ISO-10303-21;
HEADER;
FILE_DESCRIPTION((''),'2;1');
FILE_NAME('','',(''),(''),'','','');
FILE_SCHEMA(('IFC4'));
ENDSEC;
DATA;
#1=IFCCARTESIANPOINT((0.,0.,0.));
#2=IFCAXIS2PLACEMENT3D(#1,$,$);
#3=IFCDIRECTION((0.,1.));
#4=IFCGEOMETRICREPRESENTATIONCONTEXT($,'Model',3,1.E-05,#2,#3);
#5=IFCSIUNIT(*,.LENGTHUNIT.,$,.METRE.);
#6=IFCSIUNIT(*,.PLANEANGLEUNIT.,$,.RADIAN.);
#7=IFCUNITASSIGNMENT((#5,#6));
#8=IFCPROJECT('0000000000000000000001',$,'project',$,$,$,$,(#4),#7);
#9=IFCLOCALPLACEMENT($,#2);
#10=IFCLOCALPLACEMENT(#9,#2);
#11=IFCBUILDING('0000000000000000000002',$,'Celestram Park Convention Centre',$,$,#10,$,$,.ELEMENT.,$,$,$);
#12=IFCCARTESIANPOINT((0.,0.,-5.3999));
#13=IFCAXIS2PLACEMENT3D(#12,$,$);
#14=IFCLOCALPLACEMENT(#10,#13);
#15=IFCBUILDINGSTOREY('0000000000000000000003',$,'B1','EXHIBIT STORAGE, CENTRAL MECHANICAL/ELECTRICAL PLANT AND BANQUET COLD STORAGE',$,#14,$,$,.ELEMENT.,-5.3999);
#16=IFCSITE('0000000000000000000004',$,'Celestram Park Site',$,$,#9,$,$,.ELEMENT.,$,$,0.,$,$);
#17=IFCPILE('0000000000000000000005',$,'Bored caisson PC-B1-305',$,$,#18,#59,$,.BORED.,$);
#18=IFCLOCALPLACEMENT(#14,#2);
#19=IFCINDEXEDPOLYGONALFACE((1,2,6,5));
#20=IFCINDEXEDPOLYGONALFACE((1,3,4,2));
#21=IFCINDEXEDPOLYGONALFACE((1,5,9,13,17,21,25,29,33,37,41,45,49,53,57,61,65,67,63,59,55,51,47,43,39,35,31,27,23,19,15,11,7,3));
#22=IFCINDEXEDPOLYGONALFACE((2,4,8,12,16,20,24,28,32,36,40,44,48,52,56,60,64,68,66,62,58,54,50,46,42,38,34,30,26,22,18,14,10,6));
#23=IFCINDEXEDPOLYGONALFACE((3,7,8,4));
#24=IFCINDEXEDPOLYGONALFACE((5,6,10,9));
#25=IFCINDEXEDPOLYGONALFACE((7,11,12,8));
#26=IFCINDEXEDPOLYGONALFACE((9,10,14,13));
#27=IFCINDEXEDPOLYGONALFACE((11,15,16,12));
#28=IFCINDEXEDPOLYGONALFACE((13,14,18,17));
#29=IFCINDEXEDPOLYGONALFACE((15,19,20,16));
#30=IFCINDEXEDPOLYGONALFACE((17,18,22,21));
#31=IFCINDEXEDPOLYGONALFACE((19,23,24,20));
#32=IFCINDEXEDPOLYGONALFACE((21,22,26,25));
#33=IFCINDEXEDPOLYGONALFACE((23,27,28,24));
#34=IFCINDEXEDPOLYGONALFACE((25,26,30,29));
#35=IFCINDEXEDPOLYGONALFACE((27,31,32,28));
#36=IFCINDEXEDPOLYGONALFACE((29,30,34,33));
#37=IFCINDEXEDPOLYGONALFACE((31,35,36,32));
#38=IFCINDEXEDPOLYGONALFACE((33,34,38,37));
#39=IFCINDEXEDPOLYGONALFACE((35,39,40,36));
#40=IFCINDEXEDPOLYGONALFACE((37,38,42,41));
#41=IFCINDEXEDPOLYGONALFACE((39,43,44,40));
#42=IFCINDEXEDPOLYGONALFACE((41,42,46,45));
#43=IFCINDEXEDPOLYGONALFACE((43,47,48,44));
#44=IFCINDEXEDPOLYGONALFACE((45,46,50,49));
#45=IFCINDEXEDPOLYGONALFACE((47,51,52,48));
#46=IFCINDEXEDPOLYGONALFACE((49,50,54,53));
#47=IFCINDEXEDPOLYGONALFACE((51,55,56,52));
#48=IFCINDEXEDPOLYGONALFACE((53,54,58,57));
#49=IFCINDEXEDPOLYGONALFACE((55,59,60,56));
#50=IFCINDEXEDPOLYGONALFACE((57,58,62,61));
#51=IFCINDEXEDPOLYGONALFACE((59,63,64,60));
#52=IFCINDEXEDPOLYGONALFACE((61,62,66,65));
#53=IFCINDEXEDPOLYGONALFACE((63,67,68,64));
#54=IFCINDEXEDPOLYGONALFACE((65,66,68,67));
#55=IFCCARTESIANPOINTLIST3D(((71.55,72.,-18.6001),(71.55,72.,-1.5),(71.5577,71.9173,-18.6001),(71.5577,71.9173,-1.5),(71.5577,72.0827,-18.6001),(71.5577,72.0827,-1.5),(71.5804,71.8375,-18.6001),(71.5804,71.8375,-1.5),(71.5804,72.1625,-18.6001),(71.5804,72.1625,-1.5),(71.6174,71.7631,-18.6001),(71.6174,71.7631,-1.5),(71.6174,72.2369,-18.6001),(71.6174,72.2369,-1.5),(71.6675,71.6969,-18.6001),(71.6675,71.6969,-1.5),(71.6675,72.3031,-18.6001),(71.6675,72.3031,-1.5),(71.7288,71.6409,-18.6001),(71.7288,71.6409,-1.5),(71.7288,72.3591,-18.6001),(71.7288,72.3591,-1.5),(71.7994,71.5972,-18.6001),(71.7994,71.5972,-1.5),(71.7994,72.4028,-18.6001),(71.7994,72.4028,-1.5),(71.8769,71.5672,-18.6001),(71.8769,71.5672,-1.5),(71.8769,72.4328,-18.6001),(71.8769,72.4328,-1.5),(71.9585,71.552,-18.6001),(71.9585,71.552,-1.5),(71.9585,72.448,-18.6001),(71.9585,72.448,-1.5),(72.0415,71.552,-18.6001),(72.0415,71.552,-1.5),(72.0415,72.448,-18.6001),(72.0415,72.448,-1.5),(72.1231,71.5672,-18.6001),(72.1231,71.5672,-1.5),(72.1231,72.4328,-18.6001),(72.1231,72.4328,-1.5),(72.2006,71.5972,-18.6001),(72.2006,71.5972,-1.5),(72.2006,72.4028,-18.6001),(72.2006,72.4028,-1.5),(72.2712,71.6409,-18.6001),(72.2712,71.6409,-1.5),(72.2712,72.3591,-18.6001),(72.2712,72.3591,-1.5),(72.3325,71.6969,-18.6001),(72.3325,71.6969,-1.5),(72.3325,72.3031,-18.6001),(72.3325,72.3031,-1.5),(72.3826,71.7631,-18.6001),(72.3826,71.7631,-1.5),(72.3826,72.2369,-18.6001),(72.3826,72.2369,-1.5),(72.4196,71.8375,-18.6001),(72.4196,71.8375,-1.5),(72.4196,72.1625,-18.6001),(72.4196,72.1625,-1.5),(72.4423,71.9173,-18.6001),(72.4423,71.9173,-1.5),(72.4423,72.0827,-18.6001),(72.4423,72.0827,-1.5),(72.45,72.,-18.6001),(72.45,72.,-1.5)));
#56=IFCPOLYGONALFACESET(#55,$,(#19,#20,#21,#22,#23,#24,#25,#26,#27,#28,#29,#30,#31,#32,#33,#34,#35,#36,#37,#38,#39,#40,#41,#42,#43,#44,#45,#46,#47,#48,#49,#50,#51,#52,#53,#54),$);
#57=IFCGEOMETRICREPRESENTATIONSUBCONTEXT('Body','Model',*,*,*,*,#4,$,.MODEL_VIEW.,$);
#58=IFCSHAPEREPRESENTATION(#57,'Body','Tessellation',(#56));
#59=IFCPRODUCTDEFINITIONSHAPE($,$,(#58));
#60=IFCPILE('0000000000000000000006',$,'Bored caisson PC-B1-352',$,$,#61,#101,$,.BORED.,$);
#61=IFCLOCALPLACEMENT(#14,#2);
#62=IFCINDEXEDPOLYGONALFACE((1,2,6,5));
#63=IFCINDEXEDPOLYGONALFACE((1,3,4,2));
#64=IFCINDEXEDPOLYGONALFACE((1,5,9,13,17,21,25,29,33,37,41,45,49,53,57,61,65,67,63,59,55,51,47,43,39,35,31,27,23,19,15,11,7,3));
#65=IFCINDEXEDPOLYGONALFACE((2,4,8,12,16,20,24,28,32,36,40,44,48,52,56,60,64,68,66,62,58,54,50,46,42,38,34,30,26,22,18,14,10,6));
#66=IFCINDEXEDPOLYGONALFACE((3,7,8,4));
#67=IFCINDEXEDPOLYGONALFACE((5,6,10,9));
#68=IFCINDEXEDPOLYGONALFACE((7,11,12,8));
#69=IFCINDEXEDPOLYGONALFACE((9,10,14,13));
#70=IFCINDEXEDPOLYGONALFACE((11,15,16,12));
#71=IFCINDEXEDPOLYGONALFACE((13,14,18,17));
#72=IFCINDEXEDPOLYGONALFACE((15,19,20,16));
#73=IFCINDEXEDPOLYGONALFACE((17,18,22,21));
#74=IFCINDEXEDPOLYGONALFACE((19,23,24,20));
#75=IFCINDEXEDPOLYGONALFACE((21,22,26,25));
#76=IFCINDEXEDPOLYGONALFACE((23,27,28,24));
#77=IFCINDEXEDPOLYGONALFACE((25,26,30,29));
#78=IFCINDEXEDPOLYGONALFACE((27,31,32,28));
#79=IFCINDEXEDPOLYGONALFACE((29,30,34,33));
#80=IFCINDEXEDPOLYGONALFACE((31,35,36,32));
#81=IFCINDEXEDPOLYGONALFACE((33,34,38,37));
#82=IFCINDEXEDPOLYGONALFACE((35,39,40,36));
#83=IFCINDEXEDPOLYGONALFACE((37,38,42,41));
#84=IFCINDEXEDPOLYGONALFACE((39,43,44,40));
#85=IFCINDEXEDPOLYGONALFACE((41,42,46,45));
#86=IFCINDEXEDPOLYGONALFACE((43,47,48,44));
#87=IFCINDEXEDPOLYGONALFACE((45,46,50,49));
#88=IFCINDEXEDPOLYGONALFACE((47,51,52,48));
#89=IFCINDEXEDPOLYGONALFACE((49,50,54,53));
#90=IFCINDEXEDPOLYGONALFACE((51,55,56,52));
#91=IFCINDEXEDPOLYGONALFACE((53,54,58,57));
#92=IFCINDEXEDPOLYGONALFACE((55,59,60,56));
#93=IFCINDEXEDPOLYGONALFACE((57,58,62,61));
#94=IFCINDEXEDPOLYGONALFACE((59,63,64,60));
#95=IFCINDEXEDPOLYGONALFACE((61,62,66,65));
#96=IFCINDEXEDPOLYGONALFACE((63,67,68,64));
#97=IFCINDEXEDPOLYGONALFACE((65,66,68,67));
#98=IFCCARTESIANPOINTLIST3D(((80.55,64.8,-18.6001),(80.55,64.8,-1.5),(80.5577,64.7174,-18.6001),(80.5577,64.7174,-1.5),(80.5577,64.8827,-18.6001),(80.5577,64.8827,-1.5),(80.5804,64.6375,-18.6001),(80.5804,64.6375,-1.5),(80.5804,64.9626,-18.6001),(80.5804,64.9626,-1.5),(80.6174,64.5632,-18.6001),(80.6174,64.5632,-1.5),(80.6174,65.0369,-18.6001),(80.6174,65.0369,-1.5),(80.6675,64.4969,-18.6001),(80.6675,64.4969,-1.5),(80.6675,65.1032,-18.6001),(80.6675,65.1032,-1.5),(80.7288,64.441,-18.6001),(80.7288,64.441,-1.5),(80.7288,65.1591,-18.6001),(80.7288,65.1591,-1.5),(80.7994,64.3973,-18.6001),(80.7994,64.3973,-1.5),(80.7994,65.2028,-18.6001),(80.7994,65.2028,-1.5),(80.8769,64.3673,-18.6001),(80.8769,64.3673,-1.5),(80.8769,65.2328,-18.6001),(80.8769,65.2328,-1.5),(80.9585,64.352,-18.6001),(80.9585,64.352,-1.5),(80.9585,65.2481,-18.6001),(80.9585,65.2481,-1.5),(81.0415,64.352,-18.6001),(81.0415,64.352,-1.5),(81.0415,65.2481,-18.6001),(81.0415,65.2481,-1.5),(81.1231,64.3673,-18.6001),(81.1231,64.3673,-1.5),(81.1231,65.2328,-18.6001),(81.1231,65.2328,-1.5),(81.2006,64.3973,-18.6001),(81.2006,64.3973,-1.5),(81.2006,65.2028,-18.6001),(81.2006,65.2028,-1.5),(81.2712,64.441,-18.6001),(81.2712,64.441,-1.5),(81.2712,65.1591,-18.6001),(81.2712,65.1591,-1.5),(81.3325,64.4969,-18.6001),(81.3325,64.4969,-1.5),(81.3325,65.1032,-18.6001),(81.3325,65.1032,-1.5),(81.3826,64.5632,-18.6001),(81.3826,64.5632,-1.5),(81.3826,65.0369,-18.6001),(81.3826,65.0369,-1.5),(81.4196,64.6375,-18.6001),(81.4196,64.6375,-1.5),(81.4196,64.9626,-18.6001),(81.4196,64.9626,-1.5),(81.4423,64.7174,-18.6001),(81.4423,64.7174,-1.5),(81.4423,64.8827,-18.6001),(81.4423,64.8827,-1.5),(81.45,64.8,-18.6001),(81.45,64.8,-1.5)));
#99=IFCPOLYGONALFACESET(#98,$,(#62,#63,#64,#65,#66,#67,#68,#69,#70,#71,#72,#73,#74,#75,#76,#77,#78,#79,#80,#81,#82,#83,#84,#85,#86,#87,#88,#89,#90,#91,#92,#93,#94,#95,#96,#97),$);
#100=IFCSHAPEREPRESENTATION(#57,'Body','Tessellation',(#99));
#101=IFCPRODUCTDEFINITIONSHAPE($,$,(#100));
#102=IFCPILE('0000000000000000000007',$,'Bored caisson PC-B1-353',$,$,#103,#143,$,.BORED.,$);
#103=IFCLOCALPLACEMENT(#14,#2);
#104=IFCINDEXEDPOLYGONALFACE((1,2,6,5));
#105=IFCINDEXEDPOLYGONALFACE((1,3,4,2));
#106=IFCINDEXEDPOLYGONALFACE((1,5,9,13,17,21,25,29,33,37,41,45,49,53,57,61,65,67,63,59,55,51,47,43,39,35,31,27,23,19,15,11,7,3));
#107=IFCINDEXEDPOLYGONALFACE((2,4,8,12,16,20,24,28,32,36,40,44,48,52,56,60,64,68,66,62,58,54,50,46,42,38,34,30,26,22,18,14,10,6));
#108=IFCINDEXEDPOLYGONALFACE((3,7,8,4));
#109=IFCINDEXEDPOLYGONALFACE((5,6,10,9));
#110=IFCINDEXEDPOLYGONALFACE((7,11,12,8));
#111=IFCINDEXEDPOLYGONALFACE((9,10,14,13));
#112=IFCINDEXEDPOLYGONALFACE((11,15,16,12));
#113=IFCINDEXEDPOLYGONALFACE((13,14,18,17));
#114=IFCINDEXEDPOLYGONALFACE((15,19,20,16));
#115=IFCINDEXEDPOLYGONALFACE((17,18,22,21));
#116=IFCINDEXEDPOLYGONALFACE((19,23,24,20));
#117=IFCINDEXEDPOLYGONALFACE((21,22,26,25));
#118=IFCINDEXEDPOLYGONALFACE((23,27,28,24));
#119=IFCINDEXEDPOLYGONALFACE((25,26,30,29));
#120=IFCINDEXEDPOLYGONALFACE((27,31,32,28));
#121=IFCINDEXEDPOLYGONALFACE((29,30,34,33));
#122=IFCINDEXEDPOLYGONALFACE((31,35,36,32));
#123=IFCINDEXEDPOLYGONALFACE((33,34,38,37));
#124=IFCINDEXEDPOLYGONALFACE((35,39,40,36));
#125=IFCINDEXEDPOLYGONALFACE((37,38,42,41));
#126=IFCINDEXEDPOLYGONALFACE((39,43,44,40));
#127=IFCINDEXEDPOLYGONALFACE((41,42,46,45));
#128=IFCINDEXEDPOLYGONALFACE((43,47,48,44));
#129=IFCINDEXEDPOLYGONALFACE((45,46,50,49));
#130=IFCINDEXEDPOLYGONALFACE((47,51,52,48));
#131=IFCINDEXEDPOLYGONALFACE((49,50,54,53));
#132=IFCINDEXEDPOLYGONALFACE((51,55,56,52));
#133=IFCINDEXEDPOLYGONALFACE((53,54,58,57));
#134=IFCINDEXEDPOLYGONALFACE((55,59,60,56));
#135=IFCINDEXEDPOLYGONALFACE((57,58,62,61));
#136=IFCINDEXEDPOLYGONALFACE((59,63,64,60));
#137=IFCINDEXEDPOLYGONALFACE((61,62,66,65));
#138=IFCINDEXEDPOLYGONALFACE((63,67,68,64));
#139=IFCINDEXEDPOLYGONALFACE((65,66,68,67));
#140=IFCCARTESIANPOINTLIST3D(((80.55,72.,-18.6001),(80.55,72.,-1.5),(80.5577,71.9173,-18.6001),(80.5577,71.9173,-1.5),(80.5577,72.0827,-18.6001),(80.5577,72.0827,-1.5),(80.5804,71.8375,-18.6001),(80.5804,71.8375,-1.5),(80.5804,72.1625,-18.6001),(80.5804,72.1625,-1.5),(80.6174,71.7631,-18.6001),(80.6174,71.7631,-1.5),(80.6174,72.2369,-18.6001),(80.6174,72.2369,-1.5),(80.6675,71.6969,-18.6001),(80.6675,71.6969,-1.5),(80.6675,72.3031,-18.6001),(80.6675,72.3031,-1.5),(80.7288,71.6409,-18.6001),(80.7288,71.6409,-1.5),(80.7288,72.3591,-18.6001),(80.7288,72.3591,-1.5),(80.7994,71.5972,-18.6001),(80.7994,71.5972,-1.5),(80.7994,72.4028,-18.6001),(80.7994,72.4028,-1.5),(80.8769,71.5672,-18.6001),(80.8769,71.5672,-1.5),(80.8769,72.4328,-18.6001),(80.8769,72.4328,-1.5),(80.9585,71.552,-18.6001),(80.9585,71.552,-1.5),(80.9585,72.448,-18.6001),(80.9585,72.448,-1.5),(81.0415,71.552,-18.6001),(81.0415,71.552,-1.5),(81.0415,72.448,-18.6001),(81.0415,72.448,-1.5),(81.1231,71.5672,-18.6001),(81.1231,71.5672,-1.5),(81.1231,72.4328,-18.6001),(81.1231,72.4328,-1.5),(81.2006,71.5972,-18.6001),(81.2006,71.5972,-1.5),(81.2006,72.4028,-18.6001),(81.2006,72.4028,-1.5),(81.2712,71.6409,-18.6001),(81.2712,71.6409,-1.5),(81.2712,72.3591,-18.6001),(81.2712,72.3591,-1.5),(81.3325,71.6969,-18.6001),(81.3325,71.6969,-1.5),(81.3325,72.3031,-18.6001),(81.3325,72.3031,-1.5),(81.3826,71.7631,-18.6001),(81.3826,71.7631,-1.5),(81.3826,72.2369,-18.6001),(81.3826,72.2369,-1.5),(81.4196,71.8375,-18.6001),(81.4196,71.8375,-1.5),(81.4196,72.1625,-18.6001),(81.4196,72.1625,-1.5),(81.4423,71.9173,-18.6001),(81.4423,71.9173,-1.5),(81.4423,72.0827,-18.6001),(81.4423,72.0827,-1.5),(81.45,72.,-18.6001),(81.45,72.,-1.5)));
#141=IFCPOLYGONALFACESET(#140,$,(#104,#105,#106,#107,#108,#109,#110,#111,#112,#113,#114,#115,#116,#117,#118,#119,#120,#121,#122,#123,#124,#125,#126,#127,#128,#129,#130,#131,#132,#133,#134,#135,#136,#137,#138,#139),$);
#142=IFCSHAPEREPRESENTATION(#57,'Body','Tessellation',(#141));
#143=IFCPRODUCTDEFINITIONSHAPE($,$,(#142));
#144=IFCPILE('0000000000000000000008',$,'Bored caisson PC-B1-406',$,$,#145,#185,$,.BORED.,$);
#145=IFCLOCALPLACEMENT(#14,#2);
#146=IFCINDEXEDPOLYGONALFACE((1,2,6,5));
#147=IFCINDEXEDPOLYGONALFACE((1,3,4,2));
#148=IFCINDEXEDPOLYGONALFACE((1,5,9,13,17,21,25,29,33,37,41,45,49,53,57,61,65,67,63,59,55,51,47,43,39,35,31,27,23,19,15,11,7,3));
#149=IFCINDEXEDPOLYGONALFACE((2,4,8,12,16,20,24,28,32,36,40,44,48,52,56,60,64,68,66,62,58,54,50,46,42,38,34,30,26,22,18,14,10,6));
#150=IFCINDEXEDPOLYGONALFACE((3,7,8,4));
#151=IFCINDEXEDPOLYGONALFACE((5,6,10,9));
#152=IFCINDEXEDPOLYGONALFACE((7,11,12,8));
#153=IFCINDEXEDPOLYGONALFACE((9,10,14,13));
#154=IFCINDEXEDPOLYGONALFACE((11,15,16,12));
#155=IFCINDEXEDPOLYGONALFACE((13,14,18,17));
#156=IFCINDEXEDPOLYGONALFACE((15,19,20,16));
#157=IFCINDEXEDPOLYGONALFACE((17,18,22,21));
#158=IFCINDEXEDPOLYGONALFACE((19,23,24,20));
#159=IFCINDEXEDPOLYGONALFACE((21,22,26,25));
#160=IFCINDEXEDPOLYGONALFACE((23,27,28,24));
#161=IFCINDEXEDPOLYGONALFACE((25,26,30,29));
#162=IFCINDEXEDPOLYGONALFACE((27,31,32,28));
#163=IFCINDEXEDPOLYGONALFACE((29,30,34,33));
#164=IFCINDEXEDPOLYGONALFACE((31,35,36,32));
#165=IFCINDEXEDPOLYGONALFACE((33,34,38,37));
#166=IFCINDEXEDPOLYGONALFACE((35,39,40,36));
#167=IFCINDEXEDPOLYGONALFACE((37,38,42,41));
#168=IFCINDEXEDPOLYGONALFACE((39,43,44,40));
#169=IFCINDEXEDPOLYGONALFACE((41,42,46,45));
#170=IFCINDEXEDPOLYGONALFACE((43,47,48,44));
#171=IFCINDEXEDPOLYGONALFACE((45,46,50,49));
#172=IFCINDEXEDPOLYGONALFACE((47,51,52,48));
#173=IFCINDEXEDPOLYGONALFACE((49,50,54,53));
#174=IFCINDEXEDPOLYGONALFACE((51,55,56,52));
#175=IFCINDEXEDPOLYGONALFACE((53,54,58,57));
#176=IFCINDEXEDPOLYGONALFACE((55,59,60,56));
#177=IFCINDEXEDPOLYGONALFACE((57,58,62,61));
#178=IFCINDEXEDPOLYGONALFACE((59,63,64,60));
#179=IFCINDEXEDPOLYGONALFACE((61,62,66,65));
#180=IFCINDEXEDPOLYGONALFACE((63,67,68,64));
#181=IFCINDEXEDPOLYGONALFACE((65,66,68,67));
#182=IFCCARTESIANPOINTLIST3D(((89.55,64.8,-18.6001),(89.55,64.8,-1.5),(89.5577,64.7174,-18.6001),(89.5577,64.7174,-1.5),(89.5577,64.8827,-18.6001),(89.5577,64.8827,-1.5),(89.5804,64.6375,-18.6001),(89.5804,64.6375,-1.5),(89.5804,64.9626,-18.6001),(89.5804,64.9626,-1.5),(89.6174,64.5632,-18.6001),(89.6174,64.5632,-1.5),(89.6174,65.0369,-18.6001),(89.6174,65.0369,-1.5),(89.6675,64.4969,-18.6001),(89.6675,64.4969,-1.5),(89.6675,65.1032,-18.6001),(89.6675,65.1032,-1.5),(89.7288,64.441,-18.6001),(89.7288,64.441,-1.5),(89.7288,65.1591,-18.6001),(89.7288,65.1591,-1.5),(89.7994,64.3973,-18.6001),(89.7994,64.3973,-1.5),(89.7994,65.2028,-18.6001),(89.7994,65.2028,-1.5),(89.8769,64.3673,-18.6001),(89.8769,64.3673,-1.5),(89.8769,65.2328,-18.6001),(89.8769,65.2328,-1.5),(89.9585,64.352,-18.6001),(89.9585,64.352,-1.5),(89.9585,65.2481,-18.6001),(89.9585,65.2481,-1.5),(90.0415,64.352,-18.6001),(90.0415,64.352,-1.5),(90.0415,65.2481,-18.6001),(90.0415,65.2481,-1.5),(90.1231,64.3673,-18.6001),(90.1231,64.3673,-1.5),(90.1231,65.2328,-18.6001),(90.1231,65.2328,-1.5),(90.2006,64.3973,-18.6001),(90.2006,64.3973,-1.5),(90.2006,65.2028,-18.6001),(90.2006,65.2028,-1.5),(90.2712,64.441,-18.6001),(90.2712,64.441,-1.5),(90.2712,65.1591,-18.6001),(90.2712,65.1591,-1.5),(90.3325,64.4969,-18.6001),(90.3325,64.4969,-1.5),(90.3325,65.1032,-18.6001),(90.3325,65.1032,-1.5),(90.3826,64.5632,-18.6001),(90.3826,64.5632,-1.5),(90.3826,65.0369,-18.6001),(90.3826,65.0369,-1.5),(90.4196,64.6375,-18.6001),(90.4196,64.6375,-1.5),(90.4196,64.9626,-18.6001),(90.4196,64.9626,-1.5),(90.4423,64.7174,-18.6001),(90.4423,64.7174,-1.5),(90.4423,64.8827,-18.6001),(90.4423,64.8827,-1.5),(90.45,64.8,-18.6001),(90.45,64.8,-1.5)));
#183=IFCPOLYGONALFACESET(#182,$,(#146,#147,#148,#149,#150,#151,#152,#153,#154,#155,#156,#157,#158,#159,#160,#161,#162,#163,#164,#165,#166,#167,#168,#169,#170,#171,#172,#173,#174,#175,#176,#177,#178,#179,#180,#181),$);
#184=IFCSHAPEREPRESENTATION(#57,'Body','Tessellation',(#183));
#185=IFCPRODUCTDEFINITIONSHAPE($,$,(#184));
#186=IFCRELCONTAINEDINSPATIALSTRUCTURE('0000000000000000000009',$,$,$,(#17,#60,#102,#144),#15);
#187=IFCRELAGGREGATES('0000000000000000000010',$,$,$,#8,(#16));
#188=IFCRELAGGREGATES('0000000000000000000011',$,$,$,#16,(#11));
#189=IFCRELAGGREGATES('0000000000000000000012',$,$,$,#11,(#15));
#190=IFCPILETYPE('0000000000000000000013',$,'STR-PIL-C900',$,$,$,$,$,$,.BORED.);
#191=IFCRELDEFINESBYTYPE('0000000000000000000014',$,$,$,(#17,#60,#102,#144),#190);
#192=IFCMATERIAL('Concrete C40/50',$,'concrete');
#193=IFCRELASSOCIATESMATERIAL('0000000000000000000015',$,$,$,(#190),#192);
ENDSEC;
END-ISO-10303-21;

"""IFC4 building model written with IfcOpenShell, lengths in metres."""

from ifc_helpers import new_model, si_unit, direction, frame, origin, origin_2d, place, context, subcontext, project, spatial, circle, extrude, material, material_profile, profile_set, type_object, element, save


model = new_model("IFC4")

# Units and contexts
model_context = context("Model", 3, precision=1e-05, world=origin(), true_north=direction((0.0, 1.0)))
body_context = subcontext(model_context, "Body", "Model", "MODEL_VIEW")
ifc_project = project(units=[si_unit("LENGTHUNIT", "METRE"), si_unit("PLANEANGLEUNIT", "RADIAN")], contexts=[model_context])

# Site, building, storey
site_placement = place(None, origin())
site = spatial("IfcSite", under=ifc_project, at=site_placement, Name="Celestram Park Site", CompositionType="ELEMENT", RefElevation=0.0)
building_placement = place(site_placement, origin())
building = spatial("IfcBuilding", under=site, at=building_placement, Name="Celestram Park Convention Centre", CompositionType="ELEMENT")
storey_placement = place(building_placement, frame((0.0, 0.0, -5.3999)))
storey = spatial("IfcBuildingStorey", under=building, at=storey_placement, Name="B1", Description="EXHIBIT STORAGE, CENTRAL MECHANICAL/ELECTRICAL PLANT AND BANQUET COLD STORAGE", CompositionType="ELEMENT", Elevation=-5.3999)

# Shared definitions
ifc_material_1 = material(Name="Concrete C40/50", Category="concrete")

# Piles
ifc_material_profile_1 = material_profile(ifc_material_1, circle(Radius=0.45, at=origin_2d()), Name="CAISSON900")
ifc_profile_set_1 = profile_set([ifc_material_profile_1], Name="Concrete C40/50")
pile_type = type_object("IfcPileType", Name="STR-PIL-C900", PredefinedType="BORED", material=ifc_profile_set_1)
for number, where, z_axis, x_axis, name in (
    (1, (72.0, 72.0, -1.5), (0.0, 0.0, -1.0), (1.0, 0.0, 0.0), "Bored caisson PC-B1-305"),
    (2, (81.0, 64.8, -1.5), (0.0, 0.0, -1.0), (1.0, 0.0, 0.0), "Bored caisson PC-B1-352"),
    (3, (81.0, 72.0, -1.5), (0.0, 0.0, -1.0), (1.0, 0.0, 0.0), "Bored caisson PC-B1-353"),
    (4, (90.0, 64.8, -1.5), (0.0, 0.0, -1.0), (1.0, 0.0, 0.0), "Bored caisson PC-B1-406"),
):
    element("IfcPile", number, at=place(storey_placement, frame(where, z_axis=z_axis, x_axis=x_axis)), inside=storey, type_object=pile_type, Name=name, PredefinedType="BORED", context=body_context, shape_type="SweptSolid", body=[
        extrude(circle(Radius=0.45, at=origin_2d()), origin(), (0.0, 0.0, 1.0), 17.1001),
    ])

save(model, "model.ifc")
